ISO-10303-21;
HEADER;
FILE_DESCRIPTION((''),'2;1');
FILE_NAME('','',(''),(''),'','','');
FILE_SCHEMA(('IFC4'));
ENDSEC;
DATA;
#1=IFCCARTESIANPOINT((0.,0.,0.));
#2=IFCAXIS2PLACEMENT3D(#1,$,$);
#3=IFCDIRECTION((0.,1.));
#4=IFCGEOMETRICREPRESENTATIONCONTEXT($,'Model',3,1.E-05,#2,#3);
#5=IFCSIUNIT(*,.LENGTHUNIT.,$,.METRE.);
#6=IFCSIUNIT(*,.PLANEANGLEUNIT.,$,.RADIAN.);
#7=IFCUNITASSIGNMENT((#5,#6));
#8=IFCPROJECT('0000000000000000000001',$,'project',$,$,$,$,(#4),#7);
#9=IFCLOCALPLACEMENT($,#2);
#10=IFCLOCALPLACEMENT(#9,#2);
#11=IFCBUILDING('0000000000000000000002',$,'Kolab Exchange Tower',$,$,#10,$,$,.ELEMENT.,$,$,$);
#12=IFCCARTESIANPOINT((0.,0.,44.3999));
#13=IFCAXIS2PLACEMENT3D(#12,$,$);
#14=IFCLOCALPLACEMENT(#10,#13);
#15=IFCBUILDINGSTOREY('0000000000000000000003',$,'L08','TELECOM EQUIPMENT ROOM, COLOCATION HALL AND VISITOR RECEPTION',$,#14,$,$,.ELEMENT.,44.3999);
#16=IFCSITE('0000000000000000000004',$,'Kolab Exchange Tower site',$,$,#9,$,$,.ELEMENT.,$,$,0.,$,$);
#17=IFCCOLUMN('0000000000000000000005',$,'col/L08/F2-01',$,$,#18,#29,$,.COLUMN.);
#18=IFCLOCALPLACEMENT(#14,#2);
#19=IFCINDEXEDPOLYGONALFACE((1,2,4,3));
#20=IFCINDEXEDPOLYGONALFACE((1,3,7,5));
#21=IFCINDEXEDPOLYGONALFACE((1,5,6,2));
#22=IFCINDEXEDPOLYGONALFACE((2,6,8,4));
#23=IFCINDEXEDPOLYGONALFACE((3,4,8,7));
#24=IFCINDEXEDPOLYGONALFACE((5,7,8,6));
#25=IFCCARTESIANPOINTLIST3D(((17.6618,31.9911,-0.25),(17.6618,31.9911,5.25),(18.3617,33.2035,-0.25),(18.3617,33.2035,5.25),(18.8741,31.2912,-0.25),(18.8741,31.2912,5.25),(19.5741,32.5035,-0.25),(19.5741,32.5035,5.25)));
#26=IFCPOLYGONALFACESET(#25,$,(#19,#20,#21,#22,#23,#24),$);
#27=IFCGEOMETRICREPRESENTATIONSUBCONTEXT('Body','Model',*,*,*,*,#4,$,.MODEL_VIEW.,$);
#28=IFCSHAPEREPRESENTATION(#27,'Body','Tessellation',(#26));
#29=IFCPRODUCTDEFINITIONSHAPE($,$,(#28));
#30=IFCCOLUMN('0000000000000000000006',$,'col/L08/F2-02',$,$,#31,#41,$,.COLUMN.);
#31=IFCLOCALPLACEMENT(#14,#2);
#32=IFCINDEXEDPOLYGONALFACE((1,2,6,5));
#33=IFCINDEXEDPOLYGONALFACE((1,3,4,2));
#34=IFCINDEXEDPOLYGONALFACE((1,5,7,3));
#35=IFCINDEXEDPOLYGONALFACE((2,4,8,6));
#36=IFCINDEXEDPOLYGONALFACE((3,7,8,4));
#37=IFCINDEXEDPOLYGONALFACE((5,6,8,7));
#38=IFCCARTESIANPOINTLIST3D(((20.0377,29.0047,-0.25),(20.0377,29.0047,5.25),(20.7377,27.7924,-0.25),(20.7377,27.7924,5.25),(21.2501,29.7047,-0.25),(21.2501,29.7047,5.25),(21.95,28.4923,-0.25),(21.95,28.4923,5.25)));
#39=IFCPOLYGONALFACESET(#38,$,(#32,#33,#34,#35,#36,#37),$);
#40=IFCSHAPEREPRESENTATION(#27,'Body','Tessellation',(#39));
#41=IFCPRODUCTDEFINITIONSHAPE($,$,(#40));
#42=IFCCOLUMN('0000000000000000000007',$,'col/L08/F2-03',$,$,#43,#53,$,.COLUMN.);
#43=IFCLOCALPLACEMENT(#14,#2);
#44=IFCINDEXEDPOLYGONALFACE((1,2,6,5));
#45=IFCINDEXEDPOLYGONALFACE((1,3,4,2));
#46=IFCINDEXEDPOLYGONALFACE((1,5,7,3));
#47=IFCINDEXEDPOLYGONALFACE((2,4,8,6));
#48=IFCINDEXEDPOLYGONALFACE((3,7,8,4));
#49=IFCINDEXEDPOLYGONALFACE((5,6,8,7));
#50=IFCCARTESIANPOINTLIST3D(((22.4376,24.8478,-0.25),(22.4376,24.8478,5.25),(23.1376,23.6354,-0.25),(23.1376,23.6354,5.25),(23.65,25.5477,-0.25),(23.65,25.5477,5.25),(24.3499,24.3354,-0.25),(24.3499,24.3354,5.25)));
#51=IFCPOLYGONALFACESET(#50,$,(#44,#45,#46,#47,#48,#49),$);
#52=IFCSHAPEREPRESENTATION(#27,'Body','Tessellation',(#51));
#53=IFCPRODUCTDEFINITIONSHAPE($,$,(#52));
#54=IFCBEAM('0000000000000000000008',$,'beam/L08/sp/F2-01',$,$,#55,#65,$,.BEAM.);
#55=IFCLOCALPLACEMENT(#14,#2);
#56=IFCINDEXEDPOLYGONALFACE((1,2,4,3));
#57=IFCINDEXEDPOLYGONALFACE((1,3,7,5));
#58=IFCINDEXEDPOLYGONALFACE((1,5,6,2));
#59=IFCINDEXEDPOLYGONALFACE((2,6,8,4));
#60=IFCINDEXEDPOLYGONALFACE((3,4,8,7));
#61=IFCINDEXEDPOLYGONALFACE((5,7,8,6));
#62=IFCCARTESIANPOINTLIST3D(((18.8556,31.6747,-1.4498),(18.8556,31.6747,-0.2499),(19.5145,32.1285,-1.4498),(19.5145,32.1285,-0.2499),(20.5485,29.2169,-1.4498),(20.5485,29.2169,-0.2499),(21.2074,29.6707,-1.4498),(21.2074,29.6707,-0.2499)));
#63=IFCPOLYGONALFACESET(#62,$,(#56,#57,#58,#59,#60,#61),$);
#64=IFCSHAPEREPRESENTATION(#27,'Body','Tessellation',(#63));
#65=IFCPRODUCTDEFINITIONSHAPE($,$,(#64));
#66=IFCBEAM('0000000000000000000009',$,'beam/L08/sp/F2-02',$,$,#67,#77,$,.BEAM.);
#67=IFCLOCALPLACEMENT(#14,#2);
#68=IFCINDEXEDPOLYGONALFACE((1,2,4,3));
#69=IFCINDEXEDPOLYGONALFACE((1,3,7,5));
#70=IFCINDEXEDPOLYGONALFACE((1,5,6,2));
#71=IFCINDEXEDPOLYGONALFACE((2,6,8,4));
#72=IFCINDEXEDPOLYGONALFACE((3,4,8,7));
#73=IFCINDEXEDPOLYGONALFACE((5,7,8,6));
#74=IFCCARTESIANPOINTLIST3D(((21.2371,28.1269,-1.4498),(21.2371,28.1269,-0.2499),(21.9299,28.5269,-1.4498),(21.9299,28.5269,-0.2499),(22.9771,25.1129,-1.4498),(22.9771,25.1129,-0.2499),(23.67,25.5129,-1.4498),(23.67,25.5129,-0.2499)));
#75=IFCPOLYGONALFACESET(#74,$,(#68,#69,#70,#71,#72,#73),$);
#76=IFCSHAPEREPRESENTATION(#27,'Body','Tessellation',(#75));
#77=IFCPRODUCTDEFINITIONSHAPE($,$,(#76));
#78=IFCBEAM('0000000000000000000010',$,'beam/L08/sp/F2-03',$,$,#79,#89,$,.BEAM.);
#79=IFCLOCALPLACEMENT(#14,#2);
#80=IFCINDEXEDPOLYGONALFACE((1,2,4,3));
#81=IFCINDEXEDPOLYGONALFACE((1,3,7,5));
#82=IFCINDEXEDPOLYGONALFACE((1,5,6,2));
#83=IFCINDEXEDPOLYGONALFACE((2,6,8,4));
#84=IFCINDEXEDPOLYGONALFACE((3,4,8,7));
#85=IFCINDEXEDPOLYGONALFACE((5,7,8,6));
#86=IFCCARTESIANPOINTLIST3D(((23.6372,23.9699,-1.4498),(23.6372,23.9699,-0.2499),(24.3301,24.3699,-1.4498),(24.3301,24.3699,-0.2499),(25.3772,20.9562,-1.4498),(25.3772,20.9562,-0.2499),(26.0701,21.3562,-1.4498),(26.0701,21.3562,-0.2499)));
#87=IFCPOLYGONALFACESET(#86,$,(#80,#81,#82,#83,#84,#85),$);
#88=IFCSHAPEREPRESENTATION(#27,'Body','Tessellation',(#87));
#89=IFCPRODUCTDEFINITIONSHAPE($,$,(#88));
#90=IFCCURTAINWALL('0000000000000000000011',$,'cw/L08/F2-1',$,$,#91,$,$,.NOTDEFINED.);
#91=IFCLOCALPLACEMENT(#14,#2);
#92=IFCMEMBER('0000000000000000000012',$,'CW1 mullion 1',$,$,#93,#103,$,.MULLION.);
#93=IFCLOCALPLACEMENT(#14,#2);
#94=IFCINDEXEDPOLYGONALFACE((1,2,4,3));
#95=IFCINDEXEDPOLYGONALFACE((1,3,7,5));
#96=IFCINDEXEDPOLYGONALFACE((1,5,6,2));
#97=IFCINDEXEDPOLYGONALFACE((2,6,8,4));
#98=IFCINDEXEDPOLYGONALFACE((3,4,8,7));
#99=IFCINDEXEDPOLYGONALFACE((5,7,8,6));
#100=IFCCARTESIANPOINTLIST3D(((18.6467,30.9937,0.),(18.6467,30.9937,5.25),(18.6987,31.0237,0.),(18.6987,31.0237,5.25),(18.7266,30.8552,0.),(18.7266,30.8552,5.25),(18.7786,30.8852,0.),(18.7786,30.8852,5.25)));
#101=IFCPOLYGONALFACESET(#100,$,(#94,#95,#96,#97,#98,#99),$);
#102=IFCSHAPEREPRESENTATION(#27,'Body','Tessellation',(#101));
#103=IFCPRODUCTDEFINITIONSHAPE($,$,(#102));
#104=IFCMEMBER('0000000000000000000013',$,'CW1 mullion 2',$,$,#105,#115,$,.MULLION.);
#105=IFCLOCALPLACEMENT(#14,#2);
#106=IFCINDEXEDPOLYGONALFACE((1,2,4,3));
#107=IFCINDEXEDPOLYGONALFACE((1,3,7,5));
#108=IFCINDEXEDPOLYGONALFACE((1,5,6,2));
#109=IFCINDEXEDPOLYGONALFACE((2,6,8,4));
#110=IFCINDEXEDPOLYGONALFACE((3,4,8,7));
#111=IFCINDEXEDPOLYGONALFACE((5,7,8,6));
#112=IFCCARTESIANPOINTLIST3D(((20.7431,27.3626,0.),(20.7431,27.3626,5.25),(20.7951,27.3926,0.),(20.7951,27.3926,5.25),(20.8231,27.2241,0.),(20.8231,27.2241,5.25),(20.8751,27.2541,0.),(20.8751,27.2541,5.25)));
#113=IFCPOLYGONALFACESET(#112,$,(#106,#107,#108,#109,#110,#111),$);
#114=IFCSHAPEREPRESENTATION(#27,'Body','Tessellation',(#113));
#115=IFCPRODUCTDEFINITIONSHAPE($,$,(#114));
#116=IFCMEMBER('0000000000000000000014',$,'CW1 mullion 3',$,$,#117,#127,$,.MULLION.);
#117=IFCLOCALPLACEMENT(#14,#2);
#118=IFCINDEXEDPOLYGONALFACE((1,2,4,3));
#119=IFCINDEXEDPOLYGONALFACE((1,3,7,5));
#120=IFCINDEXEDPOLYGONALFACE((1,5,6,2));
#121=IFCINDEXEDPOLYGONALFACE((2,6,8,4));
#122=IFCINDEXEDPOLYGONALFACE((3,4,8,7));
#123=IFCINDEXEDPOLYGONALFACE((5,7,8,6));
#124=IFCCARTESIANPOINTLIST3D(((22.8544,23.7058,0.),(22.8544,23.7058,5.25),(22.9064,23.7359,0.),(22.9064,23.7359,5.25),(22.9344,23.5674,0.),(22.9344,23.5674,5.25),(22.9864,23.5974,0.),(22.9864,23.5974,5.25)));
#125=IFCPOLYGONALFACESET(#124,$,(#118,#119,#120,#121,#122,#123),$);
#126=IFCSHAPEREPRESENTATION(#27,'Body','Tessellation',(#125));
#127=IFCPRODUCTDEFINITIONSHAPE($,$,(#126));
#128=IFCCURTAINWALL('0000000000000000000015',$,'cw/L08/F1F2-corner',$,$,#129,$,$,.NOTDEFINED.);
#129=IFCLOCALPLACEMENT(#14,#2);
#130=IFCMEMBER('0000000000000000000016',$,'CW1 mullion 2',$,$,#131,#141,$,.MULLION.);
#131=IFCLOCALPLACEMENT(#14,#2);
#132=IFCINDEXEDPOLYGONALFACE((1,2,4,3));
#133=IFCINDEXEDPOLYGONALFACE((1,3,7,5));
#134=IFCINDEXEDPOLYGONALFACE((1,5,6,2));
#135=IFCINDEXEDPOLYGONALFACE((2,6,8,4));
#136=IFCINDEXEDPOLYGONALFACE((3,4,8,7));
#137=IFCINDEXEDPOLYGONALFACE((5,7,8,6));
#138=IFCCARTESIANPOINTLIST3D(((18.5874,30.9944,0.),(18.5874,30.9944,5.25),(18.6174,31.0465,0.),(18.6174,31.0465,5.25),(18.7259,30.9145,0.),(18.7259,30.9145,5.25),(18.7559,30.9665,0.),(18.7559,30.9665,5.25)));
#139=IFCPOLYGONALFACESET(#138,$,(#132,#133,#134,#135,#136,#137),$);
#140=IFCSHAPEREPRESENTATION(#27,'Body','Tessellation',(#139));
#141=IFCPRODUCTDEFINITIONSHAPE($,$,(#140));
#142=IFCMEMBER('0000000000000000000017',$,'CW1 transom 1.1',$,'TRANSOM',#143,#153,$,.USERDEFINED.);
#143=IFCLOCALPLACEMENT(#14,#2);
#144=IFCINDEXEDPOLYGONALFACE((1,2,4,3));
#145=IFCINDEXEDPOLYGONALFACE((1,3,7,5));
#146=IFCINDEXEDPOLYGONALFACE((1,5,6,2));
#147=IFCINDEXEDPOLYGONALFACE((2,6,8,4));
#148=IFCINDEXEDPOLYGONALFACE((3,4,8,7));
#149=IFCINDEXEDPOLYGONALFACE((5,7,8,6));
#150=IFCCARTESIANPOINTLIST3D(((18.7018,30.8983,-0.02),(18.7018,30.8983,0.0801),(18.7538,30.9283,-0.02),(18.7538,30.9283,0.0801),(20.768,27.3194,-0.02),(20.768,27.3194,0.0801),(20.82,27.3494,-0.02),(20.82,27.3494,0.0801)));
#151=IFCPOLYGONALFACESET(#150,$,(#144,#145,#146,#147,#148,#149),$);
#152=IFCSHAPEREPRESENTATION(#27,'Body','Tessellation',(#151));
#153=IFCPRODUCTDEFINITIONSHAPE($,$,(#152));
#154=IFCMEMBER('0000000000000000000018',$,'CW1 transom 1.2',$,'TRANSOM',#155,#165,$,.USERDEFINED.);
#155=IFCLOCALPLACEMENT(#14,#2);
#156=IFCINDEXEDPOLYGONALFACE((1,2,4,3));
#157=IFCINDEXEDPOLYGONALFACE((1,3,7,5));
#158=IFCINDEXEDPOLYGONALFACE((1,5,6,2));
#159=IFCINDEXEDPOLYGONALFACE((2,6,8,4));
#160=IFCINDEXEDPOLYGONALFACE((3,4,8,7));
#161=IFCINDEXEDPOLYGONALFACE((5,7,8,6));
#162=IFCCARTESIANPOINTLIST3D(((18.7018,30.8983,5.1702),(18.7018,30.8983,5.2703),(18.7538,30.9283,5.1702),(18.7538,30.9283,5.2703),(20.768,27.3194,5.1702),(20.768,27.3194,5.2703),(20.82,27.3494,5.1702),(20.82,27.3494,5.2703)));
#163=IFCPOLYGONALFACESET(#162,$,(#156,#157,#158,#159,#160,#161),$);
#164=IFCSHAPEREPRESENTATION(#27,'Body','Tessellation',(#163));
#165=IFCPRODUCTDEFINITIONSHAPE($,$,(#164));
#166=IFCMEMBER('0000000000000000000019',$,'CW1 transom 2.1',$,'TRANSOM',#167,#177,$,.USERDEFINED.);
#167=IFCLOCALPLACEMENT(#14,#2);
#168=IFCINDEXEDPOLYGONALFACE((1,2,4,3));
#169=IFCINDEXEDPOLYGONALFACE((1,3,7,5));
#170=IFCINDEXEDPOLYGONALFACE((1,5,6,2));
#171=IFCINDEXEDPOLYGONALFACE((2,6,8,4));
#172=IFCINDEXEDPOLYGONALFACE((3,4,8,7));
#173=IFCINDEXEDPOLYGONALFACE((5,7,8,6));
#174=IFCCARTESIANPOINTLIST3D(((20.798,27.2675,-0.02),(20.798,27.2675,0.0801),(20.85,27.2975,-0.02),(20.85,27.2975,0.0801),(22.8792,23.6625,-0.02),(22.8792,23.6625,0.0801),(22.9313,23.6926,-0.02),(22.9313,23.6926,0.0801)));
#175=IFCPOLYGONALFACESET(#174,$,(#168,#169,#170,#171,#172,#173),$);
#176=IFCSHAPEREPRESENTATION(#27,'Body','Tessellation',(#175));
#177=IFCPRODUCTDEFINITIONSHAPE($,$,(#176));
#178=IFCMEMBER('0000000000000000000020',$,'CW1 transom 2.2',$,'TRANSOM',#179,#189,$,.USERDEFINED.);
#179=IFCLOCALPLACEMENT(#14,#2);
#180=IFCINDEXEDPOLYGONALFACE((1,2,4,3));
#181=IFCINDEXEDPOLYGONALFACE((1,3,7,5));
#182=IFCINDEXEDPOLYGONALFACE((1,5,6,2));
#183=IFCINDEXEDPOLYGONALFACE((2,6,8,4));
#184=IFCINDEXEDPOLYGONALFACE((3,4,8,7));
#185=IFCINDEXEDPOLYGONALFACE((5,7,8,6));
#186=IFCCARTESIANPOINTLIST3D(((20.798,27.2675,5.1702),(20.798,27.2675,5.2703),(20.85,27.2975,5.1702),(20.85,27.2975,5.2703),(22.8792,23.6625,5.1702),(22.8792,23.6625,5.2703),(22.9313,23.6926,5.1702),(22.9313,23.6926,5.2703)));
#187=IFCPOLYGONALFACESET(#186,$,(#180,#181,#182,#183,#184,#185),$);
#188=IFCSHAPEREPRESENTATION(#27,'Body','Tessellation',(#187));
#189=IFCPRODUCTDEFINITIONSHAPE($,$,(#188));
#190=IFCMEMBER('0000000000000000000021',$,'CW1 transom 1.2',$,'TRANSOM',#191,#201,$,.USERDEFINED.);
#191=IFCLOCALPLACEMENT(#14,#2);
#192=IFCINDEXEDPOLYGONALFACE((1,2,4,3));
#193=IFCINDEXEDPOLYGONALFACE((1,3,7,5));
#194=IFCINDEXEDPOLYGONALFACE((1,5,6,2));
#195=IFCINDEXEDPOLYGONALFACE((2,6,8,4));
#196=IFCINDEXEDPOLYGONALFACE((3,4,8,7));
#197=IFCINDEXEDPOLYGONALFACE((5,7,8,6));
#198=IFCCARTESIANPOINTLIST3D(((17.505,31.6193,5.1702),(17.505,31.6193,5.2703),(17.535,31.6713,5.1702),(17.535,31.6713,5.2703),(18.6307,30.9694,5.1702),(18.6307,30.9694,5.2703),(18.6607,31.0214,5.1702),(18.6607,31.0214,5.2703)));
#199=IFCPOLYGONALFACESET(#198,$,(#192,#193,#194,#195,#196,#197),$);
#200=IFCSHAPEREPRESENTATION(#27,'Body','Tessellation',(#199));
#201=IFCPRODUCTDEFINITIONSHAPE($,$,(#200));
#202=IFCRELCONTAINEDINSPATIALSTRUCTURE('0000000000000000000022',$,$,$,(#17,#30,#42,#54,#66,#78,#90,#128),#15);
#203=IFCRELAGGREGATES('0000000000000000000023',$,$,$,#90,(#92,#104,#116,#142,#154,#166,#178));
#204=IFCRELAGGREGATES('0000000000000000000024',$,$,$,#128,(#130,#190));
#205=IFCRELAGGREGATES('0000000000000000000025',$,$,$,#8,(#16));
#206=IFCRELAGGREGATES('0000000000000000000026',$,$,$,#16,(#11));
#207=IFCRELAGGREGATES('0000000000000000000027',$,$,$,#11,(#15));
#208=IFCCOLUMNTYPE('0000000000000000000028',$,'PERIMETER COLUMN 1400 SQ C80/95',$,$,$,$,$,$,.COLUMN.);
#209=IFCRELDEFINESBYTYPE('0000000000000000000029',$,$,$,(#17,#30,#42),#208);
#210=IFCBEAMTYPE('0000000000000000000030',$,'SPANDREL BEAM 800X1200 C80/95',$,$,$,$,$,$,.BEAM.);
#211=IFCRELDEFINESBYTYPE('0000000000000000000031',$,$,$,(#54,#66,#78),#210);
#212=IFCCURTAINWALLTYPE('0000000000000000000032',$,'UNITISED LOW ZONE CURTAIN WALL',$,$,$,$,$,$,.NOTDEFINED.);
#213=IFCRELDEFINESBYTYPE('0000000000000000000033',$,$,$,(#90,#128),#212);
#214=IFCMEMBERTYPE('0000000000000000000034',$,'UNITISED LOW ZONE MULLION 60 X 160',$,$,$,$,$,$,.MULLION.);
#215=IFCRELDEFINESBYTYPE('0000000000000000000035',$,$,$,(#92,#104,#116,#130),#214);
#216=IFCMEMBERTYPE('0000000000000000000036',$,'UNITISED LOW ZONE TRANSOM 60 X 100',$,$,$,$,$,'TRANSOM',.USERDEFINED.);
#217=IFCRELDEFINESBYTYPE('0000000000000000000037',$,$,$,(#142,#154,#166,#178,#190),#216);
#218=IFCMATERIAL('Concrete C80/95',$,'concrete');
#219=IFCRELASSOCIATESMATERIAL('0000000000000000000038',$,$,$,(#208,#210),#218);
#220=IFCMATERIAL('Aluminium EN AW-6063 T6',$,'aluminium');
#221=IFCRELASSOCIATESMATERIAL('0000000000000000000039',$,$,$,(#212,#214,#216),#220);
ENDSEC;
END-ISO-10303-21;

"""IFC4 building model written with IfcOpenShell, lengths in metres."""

from ifc_helpers import new_model, si_unit, direction, frame, origin, origin_2d, place, context, subcontext, project, spatial, rectangle, extrude, material, material_profile, profile_set, type_object, element, aggregate, save


model = new_model("IFC4")

# Units and contexts
model_context = context("Model", 3, precision=1e-05, world=origin(), true_north=direction((0.0, 1.0)))
body_context = subcontext(model_context, "Body", "Model", "MODEL_VIEW")
ifc_project = project(units=[si_unit("LENGTHUNIT", "METRE"), si_unit("PLANEANGLEUNIT", "RADIAN")], contexts=[model_context])

# Site, building, storey
site_placement = place(None, origin())
site = spatial("IfcSite", under=ifc_project, at=site_placement, Name="Kolab Exchange Tower site", CompositionType="ELEMENT", RefElevation=0.0)
building_placement = place(site_placement, origin())
building = spatial("IfcBuilding", under=site, at=building_placement, Name="Kolab Exchange Tower", CompositionType="ELEMENT")
storey_placement = place(building_placement, frame((0.0, 0.0, 44.3999)))
storey = spatial("IfcBuildingStorey", under=building, at=storey_placement, Name="L08", Description="TELECOM EQUIPMENT ROOM, COLOCATION HALL AND VISITOR RECEPTION", CompositionType="ELEMENT", Elevation=44.3999)

# Columns
ifc_material_1 = material(Name="Concrete C80/95", Category="concrete")
ifc_material_profile_1 = material_profile(ifc_material_1, rectangle(XDim=1.3999, YDim=1.3999, at=origin_2d()), Name="RC1400")
ifc_profile_set_1 = profile_set([ifc_material_profile_1], Name="Concrete C80/95")
column_type = type_object("IfcColumnType", Name="PERIMETER COLUMN 1400 SQ C80/95", PredefinedType="COLUMN", material=ifc_profile_set_1)
for number, where, z_axis, x_axis, name in (
    (1, (18.6179, 32.2473, -0.25), (0.0, 0.0, 1.0), (0.5, 0.866025, 0.0), "col/L08/F2-01"),
    (2, (20.9939, 28.7485, -0.25), (0.0, 0.0, 1.0), (0.866025, 0.5, 0.0), "col/L08/F2-02"),
    (3, (23.3938, 24.5916, -0.25), (0.0, 0.0, 1.0), (0.866025, 0.5, 0.0), "col/L08/F2-03"),
):
    element("IfcColumn", number, at=place(storey_placement, frame(where, z_axis=z_axis, x_axis=x_axis)), inside=storey, type_object=column_type, Name=name, PredefinedType="COLUMN", context=body_context, shape_type="SweptSolid", body=[
        extrude(rectangle(XDim=1.3999, YDim=1.3999, at=origin_2d()), origin(), (0.0, 0.0, 1.0), 5.5),
    ])

# Beams
ifc_material_profile_2 = material_profile(ifc_material_1, rectangle(XDim=0.8, YDim=1.2, at=origin_2d()), Name="RC800X1200")
ifc_profile_set_2 = profile_set([ifc_material_profile_2], Name="Concrete C80/95")
beam_type = type_object("IfcBeamType", Name="SPANDREL BEAM 800X1200 C80/95", PredefinedType="BEAM", material=ifc_profile_set_2)
beam_1_placement = place(storey_placement, frame((19.1851, 31.9016, -0.8499), z_axis=(0.567247, -0.823548, 0.0), x_axis=(0.823548, 0.567247, 0.0)))
element("IfcBeam", 4, at=beam_1_placement, inside=storey, type_object=beam_type, Name="beam/L08/sp/F2-01", PredefinedType="BEAM", context=body_context, shape_type="SweptSolid", body=[
    extrude(rectangle(XDim=0.8, YDim=1.2, at=origin_2d()), origin(), (0.0, 0.0, 1.0), 2.9844),
])
beam_2_placement = place(storey_placement, frame((21.5835, 28.3269, -0.8499), z_axis=(0.49998, -0.866037, 0.0), x_axis=(0.866037, 0.49998, 0.0)))
element("IfcBeam", 5, at=beam_2_placement, inside=storey, type_object=beam_type, Name="beam/L08/sp/F2-02", PredefinedType="BEAM", context=body_context, shape_type="SweptSolid", body=[
    extrude(rectangle(XDim=0.8, YDim=1.2, at=origin_2d()), origin(), (0.0, 0.0, 1.0), 3.4802),
])
beam_3_placement = place(storey_placement, frame((23.9836, 24.1699, -0.8499), z_axis=(0.50001, -0.86602, 0.0), x_axis=(0.86602, 0.50001, 0.0)))
element("IfcBeam", 6, at=beam_3_placement, inside=storey, type_object=beam_type, Name="beam/L08/sp/F2-03", PredefinedType="BEAM", context=body_context, shape_type="SweptSolid", body=[
    extrude(rectangle(XDim=0.8, YDim=1.2, at=origin_2d()), origin(), (0.0, 0.0, 1.0), 3.48),
])

# Curtain wall, members
ifc_material_2 = material(Name="Aluminium EN AW-6063 T6", Category="aluminium")
curtain_wall_type = type_object("IfcCurtainWallType", Name="UNITISED LOW ZONE CURTAIN WALL", PredefinedType="NOTDEFINED", material=ifc_material_2)
curtain_wall_1_placement = place(storey_placement, origin())
curtain_wall_1 = element("IfcCurtainWall", 7, at=curtain_wall_1_placement, inside=storey, type_object=curtain_wall_type, Name="cw/L08/F2-1", PredefinedType="NOTDEFINED")
ifc_material_profile_3 = material_profile(ifc_material_2, rectangle(XDim=0.0601, YDim=0.1599, at=origin_2d()), Name="RECT 60X160")
ifc_profile_set_3 = profile_set([ifc_material_profile_3], Name="Aluminium EN AW-6063 T6")
member_type_1 = type_object("IfcMemberType", Name="UNITISED LOW ZONE MULLION 60 X 160", PredefinedType="MULLION", material=ifc_profile_set_3)
member_1_placement = place(storey_placement, frame((18.7126, 30.9395, 0.0), z_axis=(0.0, 0.0, 1.0), x_axis=(0.866025, 0.5, 0.0)))
member_1 = element("IfcMember", 8, at=member_1_placement, type_object=member_type_1, Name="CW1 mullion 1", PredefinedType="MULLION", context=body_context, shape_type="SweptSolid", body=[
    extrude(rectangle(XDim=0.0601, YDim=0.1599, at=origin_2d()), origin(), (0.0, 0.0, 1.0), 5.25),
])
member_2_placement = place(storey_placement, frame((20.8091, 27.3083, 0.0), z_axis=(0.0, 0.0, 1.0), x_axis=(0.866025, 0.5, 0.0)))
member_2 = element("IfcMember", 9, at=member_2_placement, type_object=member_type_1, Name="CW1 mullion 2", PredefinedType="MULLION", context=body_context, shape_type="SweptSolid", body=[
    extrude(rectangle(XDim=0.0601, YDim=0.1599, at=origin_2d()), origin(), (0.0, 0.0, 1.0), 5.25),
])
member_3_placement = place(storey_placement, frame((22.9204, 23.6516, 0.0), z_axis=(0.0, 0.0, 1.0), x_axis=(0.866025, 0.5, 0.0)))
member_3 = element("IfcMember", 10, at=member_3_placement, type_object=member_type_1, Name="CW1 mullion 3", PredefinedType="MULLION", context=body_context, shape_type="SweptSolid", body=[
    extrude(rectangle(XDim=0.0601, YDim=0.1599, at=origin_2d()), origin(), (0.0, 0.0, 1.0), 5.25),
])

# Curtain wall, member
curtain_wall_2_placement = place(storey_placement, origin())
curtain_wall_2 = element("IfcCurtainWall", 11, at=curtain_wall_2_placement, inside=storey, type_object=curtain_wall_type, Name="cw/L08/F1F2-corner", PredefinedType="NOTDEFINED")
member_4_placement = place(storey_placement, frame((18.6716, 30.9805, 0.0), z_axis=(0.0, 0.0, 1.0), x_axis=(0.5, 0.866025, 0.0)))
member_4 = element("IfcMember", 12, at=member_4_placement, type_object=member_type_1, Name="CW1 mullion 2", PredefinedType="MULLION", context=body_context, shape_type="SweptSolid", body=[
    extrude(rectangle(XDim=0.0601, YDim=0.1599, at=origin_2d()), origin(), (0.0, 0.0, 1.0), 5.25),
])

# Members
ifc_material_profile_4 = material_profile(ifc_material_2, rectangle(XDim=0.0601, YDim=0.1001, at=origin_2d()), Name="RECT 60X100")
ifc_profile_set_4 = profile_set([ifc_material_profile_4], Name="Aluminium EN AW-6063 T6")
member_type_2 = type_object("IfcMemberType", Name="UNITISED LOW ZONE TRANSOM 60 X 100", ElementType="TRANSOM", PredefinedType="USERDEFINED", material=ifc_profile_set_4)
member_5_placement = place(storey_placement, frame((18.7278, 30.9133, 0.03), z_axis=(0.499983, -0.866035, 0.0), x_axis=(0.866035, 0.499983, 0.0)))
member_5 = element("IfcMember", 13, at=member_5_placement, type_object=member_type_2, Name="CW1 transom 1.1", ObjectType="TRANSOM", PredefinedType="USERDEFINED", context=body_context, shape_type="SweptSolid", body=[
    extrude(rectangle(XDim=0.0601, YDim=0.1001, at=origin_2d()), origin(), (0.0, 0.0, 1.0), 4.1326),
])
member_6_placement = place(storey_placement, frame((18.7278, 30.9133, 5.2202), z_axis=(0.499983, -0.866035, 0.0), x_axis=(0.866035, 0.499983, 0.0)))
member_6 = element("IfcMember", 14, at=member_6_placement, type_object=member_type_2, Name="CW1 transom 1.2", ObjectType="TRANSOM", PredefinedType="USERDEFINED", context=body_context, shape_type="SweptSolid", body=[
    extrude(rectangle(XDim=0.0601, YDim=0.1001, at=origin_2d()), origin(), (0.0, 0.0, 1.0), 4.1326),
])
member_7_placement = place(storey_placement, frame((20.824, 27.2825, 0.03), z_axis=(0.499993, -0.866029, 0.0), x_axis=(0.866029, 0.499993, 0.0)))
member_7 = element("IfcMember", 15, at=member_7_placement, type_object=member_type_2, Name="CW1 transom 2.1", ObjectType="TRANSOM", PredefinedType="USERDEFINED", context=body_context, shape_type="SweptSolid", body=[
    extrude(rectangle(XDim=0.0601, YDim=0.1001, at=origin_2d()), origin(), (0.0, 0.0, 1.0), 4.1626),
])
member_8_placement = place(storey_placement, frame((20.824, 27.2825, 5.2202), z_axis=(0.499993, -0.866029, 0.0), x_axis=(0.866029, 0.499993, 0.0)))
member_8 = element("IfcMember", 16, at=member_8_placement, type_object=member_type_2, Name="CW1 transom 2.2", ObjectType="TRANSOM", PredefinedType="USERDEFINED", context=body_context, shape_type="SweptSolid", body=[
    extrude(rectangle(XDim=0.0601, YDim=0.1001, at=origin_2d()), origin(), (0.0, 0.0, 1.0), 4.1626),
])
member_9_placement = place(storey_placement, frame((17.52, 31.6453, 5.2202), z_axis=(0.866039, -0.499977, 0.0), x_axis=(0.499977, 0.866039, 0.0)))
member_9 = element("IfcMember", 17, at=member_9_placement, type_object=member_type_2, Name="CW1 transom 1.2", ObjectType="TRANSOM", PredefinedType="USERDEFINED", context=body_context, shape_type="SweptSolid", body=[
    extrude(rectangle(XDim=0.0601, YDim=0.1001, at=origin_2d()), origin(), (0.0, 0.0, 1.0), 1.2998),
])

aggregate(curtain_wall_1, [member_1, member_2, member_3, member_5, member_6, member_7, member_8])
aggregate(curtain_wall_2, [member_4, member_9])

save(model, "model.ifc")
